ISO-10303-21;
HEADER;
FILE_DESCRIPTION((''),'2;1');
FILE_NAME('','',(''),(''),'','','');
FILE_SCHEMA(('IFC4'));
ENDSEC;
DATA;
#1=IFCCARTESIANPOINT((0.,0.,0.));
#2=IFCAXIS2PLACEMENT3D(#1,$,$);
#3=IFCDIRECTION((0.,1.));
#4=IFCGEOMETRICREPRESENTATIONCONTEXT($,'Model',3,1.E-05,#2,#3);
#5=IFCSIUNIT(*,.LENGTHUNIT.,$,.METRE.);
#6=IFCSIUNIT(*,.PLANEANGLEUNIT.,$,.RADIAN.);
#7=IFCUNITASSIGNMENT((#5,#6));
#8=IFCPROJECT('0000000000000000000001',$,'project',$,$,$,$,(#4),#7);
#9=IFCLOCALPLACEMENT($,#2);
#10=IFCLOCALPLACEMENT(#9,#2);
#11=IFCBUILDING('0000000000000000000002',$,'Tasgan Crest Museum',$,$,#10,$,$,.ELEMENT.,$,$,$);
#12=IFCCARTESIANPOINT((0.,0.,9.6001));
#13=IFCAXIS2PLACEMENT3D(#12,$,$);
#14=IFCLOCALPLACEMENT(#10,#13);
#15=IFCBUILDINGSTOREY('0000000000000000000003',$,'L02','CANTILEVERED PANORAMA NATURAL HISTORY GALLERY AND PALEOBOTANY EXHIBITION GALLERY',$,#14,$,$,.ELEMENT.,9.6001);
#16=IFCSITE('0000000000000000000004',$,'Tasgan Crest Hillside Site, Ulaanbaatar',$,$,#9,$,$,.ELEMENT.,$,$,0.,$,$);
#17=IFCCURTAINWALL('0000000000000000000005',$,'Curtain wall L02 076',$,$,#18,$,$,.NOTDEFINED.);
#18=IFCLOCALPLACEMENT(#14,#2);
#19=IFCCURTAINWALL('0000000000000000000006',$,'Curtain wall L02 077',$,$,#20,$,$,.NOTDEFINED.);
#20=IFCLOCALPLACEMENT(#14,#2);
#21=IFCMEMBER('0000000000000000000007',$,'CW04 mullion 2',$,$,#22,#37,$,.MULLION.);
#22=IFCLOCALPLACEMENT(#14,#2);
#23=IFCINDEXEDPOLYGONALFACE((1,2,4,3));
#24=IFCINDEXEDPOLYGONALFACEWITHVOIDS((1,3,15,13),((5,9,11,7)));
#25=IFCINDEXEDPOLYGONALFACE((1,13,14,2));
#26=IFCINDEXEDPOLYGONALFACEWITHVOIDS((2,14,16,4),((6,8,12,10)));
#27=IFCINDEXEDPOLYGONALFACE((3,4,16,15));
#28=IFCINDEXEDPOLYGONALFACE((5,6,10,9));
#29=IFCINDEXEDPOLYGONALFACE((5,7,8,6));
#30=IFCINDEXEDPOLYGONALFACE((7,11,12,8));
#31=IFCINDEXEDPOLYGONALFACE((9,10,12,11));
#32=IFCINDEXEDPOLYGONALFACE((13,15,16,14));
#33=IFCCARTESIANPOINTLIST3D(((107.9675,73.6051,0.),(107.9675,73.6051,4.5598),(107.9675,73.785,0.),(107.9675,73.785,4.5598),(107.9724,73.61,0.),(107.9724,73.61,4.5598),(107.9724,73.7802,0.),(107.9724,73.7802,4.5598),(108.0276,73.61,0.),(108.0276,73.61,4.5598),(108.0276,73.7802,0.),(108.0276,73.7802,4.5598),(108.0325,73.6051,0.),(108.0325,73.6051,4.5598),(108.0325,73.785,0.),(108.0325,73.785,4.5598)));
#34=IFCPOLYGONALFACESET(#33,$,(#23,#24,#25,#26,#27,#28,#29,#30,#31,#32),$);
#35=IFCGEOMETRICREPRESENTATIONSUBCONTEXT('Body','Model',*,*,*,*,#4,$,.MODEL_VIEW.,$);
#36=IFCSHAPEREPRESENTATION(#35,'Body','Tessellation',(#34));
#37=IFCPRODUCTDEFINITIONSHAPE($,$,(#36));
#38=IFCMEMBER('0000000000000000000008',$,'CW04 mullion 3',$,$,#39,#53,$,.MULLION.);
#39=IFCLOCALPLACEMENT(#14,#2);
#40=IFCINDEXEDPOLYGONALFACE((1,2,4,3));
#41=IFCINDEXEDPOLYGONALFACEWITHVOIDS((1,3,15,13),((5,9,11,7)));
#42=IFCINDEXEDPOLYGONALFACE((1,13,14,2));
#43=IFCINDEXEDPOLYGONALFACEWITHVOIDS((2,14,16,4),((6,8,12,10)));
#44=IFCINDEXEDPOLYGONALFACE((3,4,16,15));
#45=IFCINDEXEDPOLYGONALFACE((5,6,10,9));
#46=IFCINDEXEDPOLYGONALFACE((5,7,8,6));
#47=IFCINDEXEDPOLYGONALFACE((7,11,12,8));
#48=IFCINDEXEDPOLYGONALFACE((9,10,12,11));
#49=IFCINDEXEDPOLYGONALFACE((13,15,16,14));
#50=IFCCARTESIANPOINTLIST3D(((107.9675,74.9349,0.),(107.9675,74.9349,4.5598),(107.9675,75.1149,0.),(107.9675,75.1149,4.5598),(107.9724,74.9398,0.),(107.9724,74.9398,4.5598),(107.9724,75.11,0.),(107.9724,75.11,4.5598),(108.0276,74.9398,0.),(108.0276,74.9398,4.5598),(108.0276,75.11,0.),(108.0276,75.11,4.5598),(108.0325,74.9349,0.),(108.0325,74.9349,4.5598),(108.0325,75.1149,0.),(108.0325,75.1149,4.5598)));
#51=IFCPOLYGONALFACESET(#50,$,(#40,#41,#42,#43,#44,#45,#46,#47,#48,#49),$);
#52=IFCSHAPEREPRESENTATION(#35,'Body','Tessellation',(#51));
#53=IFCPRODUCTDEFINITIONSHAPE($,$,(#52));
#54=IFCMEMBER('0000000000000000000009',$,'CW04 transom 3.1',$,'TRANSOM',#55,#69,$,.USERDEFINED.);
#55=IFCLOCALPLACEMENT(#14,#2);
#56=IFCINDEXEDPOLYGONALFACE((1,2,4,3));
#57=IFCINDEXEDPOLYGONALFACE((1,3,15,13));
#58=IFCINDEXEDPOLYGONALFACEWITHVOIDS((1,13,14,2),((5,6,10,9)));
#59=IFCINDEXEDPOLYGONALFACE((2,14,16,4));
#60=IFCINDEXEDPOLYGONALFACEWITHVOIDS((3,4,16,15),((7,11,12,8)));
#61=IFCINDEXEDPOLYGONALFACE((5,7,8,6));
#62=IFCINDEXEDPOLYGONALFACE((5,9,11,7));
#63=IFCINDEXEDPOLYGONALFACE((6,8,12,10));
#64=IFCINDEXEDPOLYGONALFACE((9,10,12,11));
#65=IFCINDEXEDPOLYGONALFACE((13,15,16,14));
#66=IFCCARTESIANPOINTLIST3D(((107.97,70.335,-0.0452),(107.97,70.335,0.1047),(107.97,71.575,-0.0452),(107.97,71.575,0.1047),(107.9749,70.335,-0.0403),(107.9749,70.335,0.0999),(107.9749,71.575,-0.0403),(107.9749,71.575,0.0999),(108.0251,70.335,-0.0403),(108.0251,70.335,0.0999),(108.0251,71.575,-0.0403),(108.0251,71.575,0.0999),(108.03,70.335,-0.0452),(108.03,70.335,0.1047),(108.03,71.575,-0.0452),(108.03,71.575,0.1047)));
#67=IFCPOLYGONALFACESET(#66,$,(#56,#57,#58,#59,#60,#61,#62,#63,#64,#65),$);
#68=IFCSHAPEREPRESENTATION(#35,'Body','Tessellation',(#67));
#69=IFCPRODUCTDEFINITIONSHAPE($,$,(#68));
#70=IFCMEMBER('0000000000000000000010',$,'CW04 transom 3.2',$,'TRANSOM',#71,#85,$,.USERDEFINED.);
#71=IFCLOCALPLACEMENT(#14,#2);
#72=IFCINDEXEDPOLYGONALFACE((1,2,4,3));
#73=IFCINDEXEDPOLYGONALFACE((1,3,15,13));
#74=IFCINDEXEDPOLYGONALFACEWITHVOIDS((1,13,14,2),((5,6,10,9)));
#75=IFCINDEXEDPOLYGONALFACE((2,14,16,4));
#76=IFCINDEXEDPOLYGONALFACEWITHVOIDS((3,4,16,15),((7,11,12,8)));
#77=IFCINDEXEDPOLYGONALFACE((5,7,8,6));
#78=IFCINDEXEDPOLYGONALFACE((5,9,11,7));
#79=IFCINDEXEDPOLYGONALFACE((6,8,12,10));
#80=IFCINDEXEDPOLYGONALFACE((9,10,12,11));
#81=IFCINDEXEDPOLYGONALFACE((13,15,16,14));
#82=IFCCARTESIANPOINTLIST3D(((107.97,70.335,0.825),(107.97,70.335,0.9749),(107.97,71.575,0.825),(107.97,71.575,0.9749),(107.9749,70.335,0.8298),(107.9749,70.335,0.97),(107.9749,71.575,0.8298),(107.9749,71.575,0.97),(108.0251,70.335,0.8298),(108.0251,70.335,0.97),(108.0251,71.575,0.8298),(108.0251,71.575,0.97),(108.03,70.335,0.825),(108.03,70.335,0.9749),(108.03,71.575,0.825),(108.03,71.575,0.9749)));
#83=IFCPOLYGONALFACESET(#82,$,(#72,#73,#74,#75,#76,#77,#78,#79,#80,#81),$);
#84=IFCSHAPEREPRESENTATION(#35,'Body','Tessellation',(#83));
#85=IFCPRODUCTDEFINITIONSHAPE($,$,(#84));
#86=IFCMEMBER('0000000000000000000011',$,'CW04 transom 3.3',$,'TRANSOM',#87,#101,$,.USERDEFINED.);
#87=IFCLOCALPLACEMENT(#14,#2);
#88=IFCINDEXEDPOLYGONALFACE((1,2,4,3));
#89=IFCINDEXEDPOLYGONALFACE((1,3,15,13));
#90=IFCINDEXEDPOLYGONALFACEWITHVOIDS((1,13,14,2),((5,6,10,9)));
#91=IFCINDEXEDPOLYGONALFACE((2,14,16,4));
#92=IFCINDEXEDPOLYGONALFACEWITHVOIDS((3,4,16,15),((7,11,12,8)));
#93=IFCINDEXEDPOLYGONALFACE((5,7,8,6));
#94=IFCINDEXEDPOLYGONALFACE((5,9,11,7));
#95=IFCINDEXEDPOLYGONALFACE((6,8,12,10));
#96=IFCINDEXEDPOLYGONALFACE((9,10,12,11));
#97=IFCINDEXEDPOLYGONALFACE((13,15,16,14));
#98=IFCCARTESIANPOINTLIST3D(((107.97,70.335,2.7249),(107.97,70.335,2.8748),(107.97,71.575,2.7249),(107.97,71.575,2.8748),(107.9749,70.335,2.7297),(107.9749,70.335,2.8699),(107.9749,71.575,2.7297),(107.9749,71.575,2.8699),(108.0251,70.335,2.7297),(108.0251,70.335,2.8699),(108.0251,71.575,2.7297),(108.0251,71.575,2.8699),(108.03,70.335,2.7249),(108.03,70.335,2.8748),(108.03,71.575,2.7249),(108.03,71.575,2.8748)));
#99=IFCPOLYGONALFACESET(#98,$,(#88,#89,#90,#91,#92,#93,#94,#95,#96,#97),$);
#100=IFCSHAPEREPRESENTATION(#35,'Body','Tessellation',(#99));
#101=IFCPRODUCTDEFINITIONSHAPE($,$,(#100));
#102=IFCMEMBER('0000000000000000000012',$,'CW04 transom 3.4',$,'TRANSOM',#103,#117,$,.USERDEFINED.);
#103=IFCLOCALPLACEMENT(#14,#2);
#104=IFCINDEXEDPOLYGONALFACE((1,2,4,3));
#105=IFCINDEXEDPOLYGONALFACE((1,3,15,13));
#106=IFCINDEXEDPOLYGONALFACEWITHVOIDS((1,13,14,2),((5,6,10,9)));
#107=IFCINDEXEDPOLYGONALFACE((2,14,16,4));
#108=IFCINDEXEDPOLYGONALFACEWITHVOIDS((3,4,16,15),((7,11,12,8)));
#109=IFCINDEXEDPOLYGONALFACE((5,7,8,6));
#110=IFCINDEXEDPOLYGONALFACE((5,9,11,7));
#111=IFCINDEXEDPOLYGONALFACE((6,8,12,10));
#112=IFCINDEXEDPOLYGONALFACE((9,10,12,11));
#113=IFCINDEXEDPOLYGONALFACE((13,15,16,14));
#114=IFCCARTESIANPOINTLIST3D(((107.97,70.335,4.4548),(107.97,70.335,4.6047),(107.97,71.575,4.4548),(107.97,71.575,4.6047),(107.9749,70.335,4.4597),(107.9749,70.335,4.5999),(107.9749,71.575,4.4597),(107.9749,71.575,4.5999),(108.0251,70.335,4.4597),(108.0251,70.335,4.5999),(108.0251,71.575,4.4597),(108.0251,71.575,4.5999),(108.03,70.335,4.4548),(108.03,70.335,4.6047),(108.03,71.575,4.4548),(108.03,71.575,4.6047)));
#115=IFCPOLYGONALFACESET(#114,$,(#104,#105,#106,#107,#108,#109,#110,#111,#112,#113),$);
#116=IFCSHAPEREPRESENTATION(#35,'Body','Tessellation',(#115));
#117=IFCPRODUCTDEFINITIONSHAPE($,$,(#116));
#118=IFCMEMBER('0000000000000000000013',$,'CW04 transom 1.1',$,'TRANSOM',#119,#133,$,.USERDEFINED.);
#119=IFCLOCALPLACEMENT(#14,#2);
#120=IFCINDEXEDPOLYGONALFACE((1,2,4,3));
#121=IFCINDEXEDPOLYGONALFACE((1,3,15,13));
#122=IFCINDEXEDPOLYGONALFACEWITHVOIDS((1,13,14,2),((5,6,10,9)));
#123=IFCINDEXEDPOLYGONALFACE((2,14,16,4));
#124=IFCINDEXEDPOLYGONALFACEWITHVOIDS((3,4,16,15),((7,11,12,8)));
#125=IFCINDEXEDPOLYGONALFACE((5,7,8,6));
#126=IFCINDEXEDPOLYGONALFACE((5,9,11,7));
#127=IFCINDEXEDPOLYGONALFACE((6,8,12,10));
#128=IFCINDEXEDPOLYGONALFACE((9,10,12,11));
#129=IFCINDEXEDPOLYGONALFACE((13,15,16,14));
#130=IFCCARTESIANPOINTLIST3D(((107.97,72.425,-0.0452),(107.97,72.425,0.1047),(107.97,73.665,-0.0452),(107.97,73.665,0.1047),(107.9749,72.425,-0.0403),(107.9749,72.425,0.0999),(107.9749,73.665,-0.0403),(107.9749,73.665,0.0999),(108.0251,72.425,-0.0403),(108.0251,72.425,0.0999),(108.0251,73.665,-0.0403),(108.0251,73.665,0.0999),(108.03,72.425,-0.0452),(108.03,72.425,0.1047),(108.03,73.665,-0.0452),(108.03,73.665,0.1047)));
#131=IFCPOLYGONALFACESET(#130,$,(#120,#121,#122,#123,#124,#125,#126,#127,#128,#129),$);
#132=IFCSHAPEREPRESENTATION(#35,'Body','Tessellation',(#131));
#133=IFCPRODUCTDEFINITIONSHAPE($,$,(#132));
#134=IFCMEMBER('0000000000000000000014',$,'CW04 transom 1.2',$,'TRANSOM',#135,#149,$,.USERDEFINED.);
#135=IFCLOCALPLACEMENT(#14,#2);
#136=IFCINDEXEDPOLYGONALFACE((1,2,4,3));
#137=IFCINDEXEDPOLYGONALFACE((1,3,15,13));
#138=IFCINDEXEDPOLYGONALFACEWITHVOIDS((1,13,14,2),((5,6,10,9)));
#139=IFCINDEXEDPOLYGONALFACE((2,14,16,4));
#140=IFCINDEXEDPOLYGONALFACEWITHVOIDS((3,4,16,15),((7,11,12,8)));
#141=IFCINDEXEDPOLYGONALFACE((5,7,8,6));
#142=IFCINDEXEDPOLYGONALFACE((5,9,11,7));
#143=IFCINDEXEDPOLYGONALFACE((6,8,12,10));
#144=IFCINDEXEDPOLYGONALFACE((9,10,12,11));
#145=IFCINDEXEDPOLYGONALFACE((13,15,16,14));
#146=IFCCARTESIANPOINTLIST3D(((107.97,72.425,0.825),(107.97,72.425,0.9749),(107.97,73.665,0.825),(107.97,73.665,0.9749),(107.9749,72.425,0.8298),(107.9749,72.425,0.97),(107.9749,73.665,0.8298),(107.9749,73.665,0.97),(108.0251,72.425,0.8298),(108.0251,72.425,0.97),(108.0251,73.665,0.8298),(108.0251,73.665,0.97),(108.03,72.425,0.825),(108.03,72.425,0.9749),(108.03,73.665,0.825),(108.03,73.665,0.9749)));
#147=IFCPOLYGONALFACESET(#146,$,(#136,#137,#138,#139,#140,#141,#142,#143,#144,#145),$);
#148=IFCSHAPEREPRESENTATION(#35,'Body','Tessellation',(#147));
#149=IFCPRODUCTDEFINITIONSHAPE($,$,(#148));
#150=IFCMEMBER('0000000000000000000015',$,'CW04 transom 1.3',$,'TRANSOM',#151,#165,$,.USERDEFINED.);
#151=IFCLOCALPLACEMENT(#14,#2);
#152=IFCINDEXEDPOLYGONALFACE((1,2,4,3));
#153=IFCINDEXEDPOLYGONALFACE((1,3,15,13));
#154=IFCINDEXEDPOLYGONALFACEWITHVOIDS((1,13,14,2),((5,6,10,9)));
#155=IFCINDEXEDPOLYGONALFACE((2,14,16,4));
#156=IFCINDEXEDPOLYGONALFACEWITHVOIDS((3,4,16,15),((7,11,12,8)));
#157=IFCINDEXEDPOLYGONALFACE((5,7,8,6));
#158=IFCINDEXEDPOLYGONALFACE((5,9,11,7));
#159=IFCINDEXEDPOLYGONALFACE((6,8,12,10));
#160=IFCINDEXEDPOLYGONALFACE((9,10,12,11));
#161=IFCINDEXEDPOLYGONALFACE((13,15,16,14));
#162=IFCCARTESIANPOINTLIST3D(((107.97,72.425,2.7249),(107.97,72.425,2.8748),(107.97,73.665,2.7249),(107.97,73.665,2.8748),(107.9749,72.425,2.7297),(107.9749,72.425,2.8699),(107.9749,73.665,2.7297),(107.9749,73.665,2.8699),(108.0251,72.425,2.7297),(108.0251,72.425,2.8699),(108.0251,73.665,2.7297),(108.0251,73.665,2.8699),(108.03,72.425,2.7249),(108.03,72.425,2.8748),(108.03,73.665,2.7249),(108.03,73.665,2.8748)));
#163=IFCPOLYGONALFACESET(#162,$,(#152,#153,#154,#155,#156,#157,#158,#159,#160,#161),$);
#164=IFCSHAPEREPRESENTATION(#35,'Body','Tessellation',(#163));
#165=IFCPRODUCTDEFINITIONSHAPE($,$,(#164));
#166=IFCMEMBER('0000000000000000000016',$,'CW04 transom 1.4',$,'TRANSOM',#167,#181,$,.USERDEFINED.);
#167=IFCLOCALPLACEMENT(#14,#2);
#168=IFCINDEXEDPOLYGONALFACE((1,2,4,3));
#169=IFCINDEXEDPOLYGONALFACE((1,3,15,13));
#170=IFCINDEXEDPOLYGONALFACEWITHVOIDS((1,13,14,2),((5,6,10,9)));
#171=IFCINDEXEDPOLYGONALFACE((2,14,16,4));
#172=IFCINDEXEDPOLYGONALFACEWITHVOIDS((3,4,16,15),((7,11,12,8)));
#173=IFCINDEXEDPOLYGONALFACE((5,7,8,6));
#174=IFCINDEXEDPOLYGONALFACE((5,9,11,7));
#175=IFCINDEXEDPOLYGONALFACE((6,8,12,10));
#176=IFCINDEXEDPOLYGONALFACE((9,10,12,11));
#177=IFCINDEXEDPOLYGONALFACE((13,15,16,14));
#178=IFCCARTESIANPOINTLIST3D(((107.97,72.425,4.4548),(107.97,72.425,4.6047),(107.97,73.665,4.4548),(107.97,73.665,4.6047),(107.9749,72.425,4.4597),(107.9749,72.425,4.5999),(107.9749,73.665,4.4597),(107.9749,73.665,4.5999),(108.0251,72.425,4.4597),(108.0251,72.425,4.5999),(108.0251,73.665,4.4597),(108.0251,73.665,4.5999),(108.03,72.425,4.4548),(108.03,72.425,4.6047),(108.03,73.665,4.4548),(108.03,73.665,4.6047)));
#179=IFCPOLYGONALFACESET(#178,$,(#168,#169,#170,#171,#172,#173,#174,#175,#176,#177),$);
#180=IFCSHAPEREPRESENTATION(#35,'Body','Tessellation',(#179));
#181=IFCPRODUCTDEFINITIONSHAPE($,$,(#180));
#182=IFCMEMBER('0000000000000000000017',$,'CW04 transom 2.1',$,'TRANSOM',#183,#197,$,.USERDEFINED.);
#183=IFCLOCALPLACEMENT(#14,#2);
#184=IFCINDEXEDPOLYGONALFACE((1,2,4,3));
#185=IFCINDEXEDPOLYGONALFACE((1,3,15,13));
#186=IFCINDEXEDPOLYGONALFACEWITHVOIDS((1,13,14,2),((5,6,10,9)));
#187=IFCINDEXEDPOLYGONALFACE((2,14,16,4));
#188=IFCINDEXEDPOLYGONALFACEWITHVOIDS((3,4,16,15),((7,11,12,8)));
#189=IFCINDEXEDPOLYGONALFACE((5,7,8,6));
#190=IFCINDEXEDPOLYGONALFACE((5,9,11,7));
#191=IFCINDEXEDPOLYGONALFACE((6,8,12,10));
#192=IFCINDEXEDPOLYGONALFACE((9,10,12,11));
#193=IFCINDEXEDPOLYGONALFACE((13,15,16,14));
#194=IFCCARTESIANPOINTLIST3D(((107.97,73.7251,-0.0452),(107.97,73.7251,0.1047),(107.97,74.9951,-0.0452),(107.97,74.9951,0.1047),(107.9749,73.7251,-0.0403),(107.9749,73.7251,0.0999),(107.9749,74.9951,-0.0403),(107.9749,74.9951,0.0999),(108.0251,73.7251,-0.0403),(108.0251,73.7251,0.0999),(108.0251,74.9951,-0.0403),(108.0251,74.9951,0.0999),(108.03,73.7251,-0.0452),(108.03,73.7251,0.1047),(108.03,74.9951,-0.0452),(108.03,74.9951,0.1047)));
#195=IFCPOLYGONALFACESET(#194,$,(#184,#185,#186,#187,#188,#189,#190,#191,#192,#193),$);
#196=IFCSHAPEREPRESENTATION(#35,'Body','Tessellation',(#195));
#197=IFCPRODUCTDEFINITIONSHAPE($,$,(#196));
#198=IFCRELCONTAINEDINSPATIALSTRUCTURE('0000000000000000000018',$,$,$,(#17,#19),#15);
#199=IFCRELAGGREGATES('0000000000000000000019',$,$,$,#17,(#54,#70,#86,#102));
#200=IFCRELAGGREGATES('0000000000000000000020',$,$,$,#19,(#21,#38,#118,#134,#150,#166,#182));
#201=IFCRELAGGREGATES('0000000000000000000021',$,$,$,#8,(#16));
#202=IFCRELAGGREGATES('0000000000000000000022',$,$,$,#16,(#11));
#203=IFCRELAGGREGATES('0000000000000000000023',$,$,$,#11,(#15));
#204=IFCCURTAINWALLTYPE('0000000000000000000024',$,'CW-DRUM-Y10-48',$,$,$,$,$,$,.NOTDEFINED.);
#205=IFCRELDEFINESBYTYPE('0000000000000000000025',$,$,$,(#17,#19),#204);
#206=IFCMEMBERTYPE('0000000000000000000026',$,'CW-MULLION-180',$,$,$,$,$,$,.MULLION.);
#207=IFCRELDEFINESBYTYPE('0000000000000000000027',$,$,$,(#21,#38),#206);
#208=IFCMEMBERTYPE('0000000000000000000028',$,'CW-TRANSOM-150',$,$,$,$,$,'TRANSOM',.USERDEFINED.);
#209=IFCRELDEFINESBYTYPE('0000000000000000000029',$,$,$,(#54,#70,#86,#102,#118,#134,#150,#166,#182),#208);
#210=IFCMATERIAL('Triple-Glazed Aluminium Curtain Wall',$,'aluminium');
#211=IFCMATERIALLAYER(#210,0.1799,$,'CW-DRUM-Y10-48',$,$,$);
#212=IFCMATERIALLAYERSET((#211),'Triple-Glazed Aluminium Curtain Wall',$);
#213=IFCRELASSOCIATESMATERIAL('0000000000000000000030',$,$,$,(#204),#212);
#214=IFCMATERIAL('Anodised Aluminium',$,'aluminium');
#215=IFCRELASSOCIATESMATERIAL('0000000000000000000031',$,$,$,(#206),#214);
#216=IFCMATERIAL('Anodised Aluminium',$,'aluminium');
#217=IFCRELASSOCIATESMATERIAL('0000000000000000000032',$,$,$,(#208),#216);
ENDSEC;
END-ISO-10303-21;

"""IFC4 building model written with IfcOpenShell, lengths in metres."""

from ifc_helpers import new_model, si_unit, direction, frame, origin, origin_2d, place, context, subcontext, project, spatial, hollow_rectangle, extrude, material, layer, layer_set, material_profile, profile_set, type_object, element, aggregate, save


model = new_model("IFC4")

# Units and contexts
model_context = context("Model", 3, precision=1e-05, world=origin(), true_north=direction((0.0, 1.0)))
body_context = subcontext(model_context, "Body", "Model", "MODEL_VIEW")
ifc_project = project(units=[si_unit("LENGTHUNIT", "METRE"), si_unit("PLANEANGLEUNIT", "RADIAN")], contexts=[model_context])

# Site, building, storey
site_placement = place(None, origin())
site = spatial("IfcSite", under=ifc_project, at=site_placement, Name="Tasgan Crest Hillside Site, Ulaanbaatar", CompositionType="ELEMENT", RefElevation=0.0)
building_placement = place(site_placement, origin())
building = spatial("IfcBuilding", under=site, at=building_placement, Name="Tasgan Crest Museum", CompositionType="ELEMENT")
storey_placement = place(building_placement, frame((0.0, 0.0, 9.6001)))
storey = spatial("IfcBuildingStorey", under=building, at=storey_placement, Name="L02", Description="CANTILEVERED PANORAMA NATURAL HISTORY GALLERY AND PALEOBOTANY EXHIBITION GALLERY", CompositionType="ELEMENT", Elevation=9.6001)

# Curtain wall
ifc_material_1 = material(Name="Triple-Glazed Aluminium Curtain Wall", Category="aluminium")
ifc_layer_1 = layer(ifc_material_1, 0.1799, Name="CW-DRUM-Y10-48")
ifc_layer_set_1 = layer_set([ifc_layer_1], Name="Triple-Glazed Aluminium Curtain Wall")
curtain_wall_type = type_object("IfcCurtainWallType", Name="CW-DRUM-Y10-48", PredefinedType="NOTDEFINED", material=ifc_layer_set_1)
curtain_wall_1_placement = place(storey_placement, origin())
curtain_wall_1 = element("IfcCurtainWall", 1, at=curtain_wall_1_placement, inside=storey, type_object=curtain_wall_type, Name="Curtain wall L02 076", PredefinedType="NOTDEFINED")
ifc_material_2 = material(Name="Anodised Aluminium", Category="aluminium")
ifc_material_profile_1 = material_profile(ifc_material_2, hollow_rectangle(XDim=0.0649, YDim=0.1799, WallThickness=0.0049, at=origin_2d()), Name="ALU MULLION 180x65x5")
ifc_profile_set_1 = profile_set([ifc_material_profile_1], Name="Anodised Aluminium")
member_type_1 = type_object("IfcMemberType", Name="CW-MULLION-180", PredefinedType="MULLION", material=ifc_profile_set_1)

# Curtain wall, members
curtain_wall_2_placement = place(storey_placement, origin())
curtain_wall_2 = element("IfcCurtainWall", 2, at=curtain_wall_2_placement, inside=storey, type_object=curtain_wall_type, Name="Curtain wall L02 077", PredefinedType="NOTDEFINED")
member_1_placement = place(storey_placement, frame((108.0, 73.6951, 0.0), z_axis=(0.0, 0.0, 1.0), x_axis=(-1.0, 0.0, 0.0)))
member_1 = element("IfcMember", 3, at=member_1_placement, type_object=member_type_1, Name="CW04 mullion 2", PredefinedType="MULLION", context=body_context, shape_type="SweptSolid", body=[
    extrude(hollow_rectangle(XDim=0.0649, YDim=0.1799, WallThickness=0.0049, at=origin_2d()), origin(), (0.0, 0.0, 1.0), 4.5598),
])
member_2_placement = place(storey_placement, frame((108.0, 75.0249, 0.0), z_axis=(0.0, 0.0, 1.0), x_axis=(-1.0, 0.0, 0.0)))
member_2 = element("IfcMember", 4, at=member_2_placement, type_object=member_type_1, Name="CW04 mullion 3", PredefinedType="MULLION", context=body_context, shape_type="SweptSolid", body=[
    extrude(hollow_rectangle(XDim=0.0649, YDim=0.1799, WallThickness=0.0049, at=origin_2d()), origin(), (0.0, 0.0, 1.0), 4.5598),
])

# Members
ifc_material_3 = material(Name="Anodised Aluminium", Category="aluminium")
ifc_material_profile_2 = material_profile(ifc_material_3, hollow_rectangle(XDim=0.0601, YDim=0.1499, WallThickness=0.0049, at=origin_2d()), Name="ALU TRANSOM 150x60x5")
ifc_profile_set_2 = profile_set([ifc_material_profile_2], Name="Anodised Aluminium")
member_type_2 = type_object("IfcMemberType", Name="CW-TRANSOM-150", ElementType="TRANSOM", PredefinedType="USERDEFINED", material=ifc_profile_set_2)
member_3_placement = place(storey_placement, frame((108.0, 70.335, 0.0298), z_axis=(0.0, 1.0, 0.0), x_axis=(-1.0, 0.0, 0.0)))
member_3 = element("IfcMember", 5, at=member_3_placement, type_object=member_type_2, Name="CW04 transom 3.1", ObjectType="TRANSOM", PredefinedType="USERDEFINED", context=body_context, shape_type="SweptSolid", body=[
    extrude(hollow_rectangle(XDim=0.0601, YDim=0.1499, WallThickness=0.0049, at=origin_2d()), origin(), (0.0, 0.0, 1.0), 1.24),
])
member_4_placement = place(storey_placement, frame((108.0, 70.335, 0.8999), z_axis=(0.0, 1.0, 0.0), x_axis=(-1.0, 0.0, 0.0)))
member_4 = element("IfcMember", 6, at=member_4_placement, type_object=member_type_2, Name="CW04 transom 3.2", ObjectType="TRANSOM", PredefinedType="USERDEFINED", context=body_context, shape_type="SweptSolid", body=[
    extrude(hollow_rectangle(XDim=0.0601, YDim=0.1499, WallThickness=0.0049, at=origin_2d()), origin(), (0.0, 0.0, 1.0), 1.24),
])
member_5_placement = place(storey_placement, frame((108.0, 70.335, 2.7998), z_axis=(0.0, 1.0, 0.0), x_axis=(-1.0, 0.0, 0.0)))
member_5 = element("IfcMember", 7, at=member_5_placement, type_object=member_type_2, Name="CW04 transom 3.3", ObjectType="TRANSOM", PredefinedType="USERDEFINED", context=body_context, shape_type="SweptSolid", body=[
    extrude(hollow_rectangle(XDim=0.0601, YDim=0.1499, WallThickness=0.0049, at=origin_2d()), origin(), (0.0, 0.0, 1.0), 1.24),
])
member_6_placement = place(storey_placement, frame((108.0, 70.335, 4.5298), z_axis=(0.0, 1.0, 0.0), x_axis=(-1.0, 0.0, 0.0)))
member_6 = element("IfcMember", 8, at=member_6_placement, type_object=member_type_2, Name="CW04 transom 3.4", ObjectType="TRANSOM", PredefinedType="USERDEFINED", context=body_context, shape_type="SweptSolid", body=[
    extrude(hollow_rectangle(XDim=0.0601, YDim=0.1499, WallThickness=0.0049, at=origin_2d()), origin(), (0.0, 0.0, 1.0), 1.24),
])
member_7_placement = place(storey_placement, frame((108.0, 72.425, 0.0298), z_axis=(0.0, 1.0, 0.0), x_axis=(-1.0, 0.0, 0.0)))
member_7 = element("IfcMember", 9, at=member_7_placement, type_object=member_type_2, Name="CW04 transom 1.1", ObjectType="TRANSOM", PredefinedType="USERDEFINED", context=body_context, shape_type="SweptSolid", body=[
    extrude(hollow_rectangle(XDim=0.0601, YDim=0.1499, WallThickness=0.0049, at=origin_2d()), origin(), (0.0, 0.0, 1.0), 1.24),
])
member_8_placement = place(storey_placement, frame((108.0, 72.425, 0.8999), z_axis=(0.0, 1.0, 0.0), x_axis=(-1.0, 0.0, 0.0)))
member_8 = element("IfcMember", 10, at=member_8_placement, type_object=member_type_2, Name="CW04 transom 1.2", ObjectType="TRANSOM", PredefinedType="USERDEFINED", context=body_context, shape_type="SweptSolid", body=[
    extrude(hollow_rectangle(XDim=0.0601, YDim=0.1499, WallThickness=0.0049, at=origin_2d()), origin(), (0.0, 0.0, 1.0), 1.24),
])
member_9_placement = place(storey_placement, frame((108.0, 72.425, 2.7998), z_axis=(0.0, 1.0, 0.0), x_axis=(-1.0, 0.0, 0.0)))
member_9 = element("IfcMember", 11, at=member_9_placement, type_object=member_type_2, Name="CW04 transom 1.3", ObjectType="TRANSOM", PredefinedType="USERDEFINED", context=body_context, shape_type="SweptSolid", body=[
    extrude(hollow_rectangle(XDim=0.0601, YDim=0.1499, WallThickness=0.0049, at=origin_2d()), origin(), (0.0, 0.0, 1.0), 1.24),
])
member_10_placement = place(storey_placement, frame((108.0, 72.425, 4.5298), z_axis=(0.0, 1.0, 0.0), x_axis=(-1.0, 0.0, 0.0)))
member_10 = element("IfcMember", 12, at=member_10_placement, type_object=member_type_2, Name="CW04 transom 1.4", ObjectType="TRANSOM", PredefinedType="USERDEFINED", context=body_context, shape_type="SweptSolid", body=[
    extrude(hollow_rectangle(XDim=0.0601, YDim=0.1499, WallThickness=0.0049, at=origin_2d()), origin(), (0.0, 0.0, 1.0), 1.24),
])
member_11_placement = place(storey_placement, frame((108.0, 73.7251, 0.0298), z_axis=(0.0, 1.0, 0.0), x_axis=(-1.0, 0.0, 0.0)))
member_11 = element("IfcMember", 13, at=member_11_placement, type_object=member_type_2, Name="CW04 transom 2.1", ObjectType="TRANSOM", PredefinedType="USERDEFINED", context=body_context, shape_type="SweptSolid", body=[
    extrude(hollow_rectangle(XDim=0.0601, YDim=0.1499, WallThickness=0.0049, at=origin_2d()), origin(), (0.0, 0.0, 1.0), 1.27),
])

aggregate(curtain_wall_1, [member_3, member_4, member_5, member_6])
aggregate(curtain_wall_2, [member_1, member_2, member_7, member_8, member_9, member_10, member_11])

save(model, "model.ifc")
